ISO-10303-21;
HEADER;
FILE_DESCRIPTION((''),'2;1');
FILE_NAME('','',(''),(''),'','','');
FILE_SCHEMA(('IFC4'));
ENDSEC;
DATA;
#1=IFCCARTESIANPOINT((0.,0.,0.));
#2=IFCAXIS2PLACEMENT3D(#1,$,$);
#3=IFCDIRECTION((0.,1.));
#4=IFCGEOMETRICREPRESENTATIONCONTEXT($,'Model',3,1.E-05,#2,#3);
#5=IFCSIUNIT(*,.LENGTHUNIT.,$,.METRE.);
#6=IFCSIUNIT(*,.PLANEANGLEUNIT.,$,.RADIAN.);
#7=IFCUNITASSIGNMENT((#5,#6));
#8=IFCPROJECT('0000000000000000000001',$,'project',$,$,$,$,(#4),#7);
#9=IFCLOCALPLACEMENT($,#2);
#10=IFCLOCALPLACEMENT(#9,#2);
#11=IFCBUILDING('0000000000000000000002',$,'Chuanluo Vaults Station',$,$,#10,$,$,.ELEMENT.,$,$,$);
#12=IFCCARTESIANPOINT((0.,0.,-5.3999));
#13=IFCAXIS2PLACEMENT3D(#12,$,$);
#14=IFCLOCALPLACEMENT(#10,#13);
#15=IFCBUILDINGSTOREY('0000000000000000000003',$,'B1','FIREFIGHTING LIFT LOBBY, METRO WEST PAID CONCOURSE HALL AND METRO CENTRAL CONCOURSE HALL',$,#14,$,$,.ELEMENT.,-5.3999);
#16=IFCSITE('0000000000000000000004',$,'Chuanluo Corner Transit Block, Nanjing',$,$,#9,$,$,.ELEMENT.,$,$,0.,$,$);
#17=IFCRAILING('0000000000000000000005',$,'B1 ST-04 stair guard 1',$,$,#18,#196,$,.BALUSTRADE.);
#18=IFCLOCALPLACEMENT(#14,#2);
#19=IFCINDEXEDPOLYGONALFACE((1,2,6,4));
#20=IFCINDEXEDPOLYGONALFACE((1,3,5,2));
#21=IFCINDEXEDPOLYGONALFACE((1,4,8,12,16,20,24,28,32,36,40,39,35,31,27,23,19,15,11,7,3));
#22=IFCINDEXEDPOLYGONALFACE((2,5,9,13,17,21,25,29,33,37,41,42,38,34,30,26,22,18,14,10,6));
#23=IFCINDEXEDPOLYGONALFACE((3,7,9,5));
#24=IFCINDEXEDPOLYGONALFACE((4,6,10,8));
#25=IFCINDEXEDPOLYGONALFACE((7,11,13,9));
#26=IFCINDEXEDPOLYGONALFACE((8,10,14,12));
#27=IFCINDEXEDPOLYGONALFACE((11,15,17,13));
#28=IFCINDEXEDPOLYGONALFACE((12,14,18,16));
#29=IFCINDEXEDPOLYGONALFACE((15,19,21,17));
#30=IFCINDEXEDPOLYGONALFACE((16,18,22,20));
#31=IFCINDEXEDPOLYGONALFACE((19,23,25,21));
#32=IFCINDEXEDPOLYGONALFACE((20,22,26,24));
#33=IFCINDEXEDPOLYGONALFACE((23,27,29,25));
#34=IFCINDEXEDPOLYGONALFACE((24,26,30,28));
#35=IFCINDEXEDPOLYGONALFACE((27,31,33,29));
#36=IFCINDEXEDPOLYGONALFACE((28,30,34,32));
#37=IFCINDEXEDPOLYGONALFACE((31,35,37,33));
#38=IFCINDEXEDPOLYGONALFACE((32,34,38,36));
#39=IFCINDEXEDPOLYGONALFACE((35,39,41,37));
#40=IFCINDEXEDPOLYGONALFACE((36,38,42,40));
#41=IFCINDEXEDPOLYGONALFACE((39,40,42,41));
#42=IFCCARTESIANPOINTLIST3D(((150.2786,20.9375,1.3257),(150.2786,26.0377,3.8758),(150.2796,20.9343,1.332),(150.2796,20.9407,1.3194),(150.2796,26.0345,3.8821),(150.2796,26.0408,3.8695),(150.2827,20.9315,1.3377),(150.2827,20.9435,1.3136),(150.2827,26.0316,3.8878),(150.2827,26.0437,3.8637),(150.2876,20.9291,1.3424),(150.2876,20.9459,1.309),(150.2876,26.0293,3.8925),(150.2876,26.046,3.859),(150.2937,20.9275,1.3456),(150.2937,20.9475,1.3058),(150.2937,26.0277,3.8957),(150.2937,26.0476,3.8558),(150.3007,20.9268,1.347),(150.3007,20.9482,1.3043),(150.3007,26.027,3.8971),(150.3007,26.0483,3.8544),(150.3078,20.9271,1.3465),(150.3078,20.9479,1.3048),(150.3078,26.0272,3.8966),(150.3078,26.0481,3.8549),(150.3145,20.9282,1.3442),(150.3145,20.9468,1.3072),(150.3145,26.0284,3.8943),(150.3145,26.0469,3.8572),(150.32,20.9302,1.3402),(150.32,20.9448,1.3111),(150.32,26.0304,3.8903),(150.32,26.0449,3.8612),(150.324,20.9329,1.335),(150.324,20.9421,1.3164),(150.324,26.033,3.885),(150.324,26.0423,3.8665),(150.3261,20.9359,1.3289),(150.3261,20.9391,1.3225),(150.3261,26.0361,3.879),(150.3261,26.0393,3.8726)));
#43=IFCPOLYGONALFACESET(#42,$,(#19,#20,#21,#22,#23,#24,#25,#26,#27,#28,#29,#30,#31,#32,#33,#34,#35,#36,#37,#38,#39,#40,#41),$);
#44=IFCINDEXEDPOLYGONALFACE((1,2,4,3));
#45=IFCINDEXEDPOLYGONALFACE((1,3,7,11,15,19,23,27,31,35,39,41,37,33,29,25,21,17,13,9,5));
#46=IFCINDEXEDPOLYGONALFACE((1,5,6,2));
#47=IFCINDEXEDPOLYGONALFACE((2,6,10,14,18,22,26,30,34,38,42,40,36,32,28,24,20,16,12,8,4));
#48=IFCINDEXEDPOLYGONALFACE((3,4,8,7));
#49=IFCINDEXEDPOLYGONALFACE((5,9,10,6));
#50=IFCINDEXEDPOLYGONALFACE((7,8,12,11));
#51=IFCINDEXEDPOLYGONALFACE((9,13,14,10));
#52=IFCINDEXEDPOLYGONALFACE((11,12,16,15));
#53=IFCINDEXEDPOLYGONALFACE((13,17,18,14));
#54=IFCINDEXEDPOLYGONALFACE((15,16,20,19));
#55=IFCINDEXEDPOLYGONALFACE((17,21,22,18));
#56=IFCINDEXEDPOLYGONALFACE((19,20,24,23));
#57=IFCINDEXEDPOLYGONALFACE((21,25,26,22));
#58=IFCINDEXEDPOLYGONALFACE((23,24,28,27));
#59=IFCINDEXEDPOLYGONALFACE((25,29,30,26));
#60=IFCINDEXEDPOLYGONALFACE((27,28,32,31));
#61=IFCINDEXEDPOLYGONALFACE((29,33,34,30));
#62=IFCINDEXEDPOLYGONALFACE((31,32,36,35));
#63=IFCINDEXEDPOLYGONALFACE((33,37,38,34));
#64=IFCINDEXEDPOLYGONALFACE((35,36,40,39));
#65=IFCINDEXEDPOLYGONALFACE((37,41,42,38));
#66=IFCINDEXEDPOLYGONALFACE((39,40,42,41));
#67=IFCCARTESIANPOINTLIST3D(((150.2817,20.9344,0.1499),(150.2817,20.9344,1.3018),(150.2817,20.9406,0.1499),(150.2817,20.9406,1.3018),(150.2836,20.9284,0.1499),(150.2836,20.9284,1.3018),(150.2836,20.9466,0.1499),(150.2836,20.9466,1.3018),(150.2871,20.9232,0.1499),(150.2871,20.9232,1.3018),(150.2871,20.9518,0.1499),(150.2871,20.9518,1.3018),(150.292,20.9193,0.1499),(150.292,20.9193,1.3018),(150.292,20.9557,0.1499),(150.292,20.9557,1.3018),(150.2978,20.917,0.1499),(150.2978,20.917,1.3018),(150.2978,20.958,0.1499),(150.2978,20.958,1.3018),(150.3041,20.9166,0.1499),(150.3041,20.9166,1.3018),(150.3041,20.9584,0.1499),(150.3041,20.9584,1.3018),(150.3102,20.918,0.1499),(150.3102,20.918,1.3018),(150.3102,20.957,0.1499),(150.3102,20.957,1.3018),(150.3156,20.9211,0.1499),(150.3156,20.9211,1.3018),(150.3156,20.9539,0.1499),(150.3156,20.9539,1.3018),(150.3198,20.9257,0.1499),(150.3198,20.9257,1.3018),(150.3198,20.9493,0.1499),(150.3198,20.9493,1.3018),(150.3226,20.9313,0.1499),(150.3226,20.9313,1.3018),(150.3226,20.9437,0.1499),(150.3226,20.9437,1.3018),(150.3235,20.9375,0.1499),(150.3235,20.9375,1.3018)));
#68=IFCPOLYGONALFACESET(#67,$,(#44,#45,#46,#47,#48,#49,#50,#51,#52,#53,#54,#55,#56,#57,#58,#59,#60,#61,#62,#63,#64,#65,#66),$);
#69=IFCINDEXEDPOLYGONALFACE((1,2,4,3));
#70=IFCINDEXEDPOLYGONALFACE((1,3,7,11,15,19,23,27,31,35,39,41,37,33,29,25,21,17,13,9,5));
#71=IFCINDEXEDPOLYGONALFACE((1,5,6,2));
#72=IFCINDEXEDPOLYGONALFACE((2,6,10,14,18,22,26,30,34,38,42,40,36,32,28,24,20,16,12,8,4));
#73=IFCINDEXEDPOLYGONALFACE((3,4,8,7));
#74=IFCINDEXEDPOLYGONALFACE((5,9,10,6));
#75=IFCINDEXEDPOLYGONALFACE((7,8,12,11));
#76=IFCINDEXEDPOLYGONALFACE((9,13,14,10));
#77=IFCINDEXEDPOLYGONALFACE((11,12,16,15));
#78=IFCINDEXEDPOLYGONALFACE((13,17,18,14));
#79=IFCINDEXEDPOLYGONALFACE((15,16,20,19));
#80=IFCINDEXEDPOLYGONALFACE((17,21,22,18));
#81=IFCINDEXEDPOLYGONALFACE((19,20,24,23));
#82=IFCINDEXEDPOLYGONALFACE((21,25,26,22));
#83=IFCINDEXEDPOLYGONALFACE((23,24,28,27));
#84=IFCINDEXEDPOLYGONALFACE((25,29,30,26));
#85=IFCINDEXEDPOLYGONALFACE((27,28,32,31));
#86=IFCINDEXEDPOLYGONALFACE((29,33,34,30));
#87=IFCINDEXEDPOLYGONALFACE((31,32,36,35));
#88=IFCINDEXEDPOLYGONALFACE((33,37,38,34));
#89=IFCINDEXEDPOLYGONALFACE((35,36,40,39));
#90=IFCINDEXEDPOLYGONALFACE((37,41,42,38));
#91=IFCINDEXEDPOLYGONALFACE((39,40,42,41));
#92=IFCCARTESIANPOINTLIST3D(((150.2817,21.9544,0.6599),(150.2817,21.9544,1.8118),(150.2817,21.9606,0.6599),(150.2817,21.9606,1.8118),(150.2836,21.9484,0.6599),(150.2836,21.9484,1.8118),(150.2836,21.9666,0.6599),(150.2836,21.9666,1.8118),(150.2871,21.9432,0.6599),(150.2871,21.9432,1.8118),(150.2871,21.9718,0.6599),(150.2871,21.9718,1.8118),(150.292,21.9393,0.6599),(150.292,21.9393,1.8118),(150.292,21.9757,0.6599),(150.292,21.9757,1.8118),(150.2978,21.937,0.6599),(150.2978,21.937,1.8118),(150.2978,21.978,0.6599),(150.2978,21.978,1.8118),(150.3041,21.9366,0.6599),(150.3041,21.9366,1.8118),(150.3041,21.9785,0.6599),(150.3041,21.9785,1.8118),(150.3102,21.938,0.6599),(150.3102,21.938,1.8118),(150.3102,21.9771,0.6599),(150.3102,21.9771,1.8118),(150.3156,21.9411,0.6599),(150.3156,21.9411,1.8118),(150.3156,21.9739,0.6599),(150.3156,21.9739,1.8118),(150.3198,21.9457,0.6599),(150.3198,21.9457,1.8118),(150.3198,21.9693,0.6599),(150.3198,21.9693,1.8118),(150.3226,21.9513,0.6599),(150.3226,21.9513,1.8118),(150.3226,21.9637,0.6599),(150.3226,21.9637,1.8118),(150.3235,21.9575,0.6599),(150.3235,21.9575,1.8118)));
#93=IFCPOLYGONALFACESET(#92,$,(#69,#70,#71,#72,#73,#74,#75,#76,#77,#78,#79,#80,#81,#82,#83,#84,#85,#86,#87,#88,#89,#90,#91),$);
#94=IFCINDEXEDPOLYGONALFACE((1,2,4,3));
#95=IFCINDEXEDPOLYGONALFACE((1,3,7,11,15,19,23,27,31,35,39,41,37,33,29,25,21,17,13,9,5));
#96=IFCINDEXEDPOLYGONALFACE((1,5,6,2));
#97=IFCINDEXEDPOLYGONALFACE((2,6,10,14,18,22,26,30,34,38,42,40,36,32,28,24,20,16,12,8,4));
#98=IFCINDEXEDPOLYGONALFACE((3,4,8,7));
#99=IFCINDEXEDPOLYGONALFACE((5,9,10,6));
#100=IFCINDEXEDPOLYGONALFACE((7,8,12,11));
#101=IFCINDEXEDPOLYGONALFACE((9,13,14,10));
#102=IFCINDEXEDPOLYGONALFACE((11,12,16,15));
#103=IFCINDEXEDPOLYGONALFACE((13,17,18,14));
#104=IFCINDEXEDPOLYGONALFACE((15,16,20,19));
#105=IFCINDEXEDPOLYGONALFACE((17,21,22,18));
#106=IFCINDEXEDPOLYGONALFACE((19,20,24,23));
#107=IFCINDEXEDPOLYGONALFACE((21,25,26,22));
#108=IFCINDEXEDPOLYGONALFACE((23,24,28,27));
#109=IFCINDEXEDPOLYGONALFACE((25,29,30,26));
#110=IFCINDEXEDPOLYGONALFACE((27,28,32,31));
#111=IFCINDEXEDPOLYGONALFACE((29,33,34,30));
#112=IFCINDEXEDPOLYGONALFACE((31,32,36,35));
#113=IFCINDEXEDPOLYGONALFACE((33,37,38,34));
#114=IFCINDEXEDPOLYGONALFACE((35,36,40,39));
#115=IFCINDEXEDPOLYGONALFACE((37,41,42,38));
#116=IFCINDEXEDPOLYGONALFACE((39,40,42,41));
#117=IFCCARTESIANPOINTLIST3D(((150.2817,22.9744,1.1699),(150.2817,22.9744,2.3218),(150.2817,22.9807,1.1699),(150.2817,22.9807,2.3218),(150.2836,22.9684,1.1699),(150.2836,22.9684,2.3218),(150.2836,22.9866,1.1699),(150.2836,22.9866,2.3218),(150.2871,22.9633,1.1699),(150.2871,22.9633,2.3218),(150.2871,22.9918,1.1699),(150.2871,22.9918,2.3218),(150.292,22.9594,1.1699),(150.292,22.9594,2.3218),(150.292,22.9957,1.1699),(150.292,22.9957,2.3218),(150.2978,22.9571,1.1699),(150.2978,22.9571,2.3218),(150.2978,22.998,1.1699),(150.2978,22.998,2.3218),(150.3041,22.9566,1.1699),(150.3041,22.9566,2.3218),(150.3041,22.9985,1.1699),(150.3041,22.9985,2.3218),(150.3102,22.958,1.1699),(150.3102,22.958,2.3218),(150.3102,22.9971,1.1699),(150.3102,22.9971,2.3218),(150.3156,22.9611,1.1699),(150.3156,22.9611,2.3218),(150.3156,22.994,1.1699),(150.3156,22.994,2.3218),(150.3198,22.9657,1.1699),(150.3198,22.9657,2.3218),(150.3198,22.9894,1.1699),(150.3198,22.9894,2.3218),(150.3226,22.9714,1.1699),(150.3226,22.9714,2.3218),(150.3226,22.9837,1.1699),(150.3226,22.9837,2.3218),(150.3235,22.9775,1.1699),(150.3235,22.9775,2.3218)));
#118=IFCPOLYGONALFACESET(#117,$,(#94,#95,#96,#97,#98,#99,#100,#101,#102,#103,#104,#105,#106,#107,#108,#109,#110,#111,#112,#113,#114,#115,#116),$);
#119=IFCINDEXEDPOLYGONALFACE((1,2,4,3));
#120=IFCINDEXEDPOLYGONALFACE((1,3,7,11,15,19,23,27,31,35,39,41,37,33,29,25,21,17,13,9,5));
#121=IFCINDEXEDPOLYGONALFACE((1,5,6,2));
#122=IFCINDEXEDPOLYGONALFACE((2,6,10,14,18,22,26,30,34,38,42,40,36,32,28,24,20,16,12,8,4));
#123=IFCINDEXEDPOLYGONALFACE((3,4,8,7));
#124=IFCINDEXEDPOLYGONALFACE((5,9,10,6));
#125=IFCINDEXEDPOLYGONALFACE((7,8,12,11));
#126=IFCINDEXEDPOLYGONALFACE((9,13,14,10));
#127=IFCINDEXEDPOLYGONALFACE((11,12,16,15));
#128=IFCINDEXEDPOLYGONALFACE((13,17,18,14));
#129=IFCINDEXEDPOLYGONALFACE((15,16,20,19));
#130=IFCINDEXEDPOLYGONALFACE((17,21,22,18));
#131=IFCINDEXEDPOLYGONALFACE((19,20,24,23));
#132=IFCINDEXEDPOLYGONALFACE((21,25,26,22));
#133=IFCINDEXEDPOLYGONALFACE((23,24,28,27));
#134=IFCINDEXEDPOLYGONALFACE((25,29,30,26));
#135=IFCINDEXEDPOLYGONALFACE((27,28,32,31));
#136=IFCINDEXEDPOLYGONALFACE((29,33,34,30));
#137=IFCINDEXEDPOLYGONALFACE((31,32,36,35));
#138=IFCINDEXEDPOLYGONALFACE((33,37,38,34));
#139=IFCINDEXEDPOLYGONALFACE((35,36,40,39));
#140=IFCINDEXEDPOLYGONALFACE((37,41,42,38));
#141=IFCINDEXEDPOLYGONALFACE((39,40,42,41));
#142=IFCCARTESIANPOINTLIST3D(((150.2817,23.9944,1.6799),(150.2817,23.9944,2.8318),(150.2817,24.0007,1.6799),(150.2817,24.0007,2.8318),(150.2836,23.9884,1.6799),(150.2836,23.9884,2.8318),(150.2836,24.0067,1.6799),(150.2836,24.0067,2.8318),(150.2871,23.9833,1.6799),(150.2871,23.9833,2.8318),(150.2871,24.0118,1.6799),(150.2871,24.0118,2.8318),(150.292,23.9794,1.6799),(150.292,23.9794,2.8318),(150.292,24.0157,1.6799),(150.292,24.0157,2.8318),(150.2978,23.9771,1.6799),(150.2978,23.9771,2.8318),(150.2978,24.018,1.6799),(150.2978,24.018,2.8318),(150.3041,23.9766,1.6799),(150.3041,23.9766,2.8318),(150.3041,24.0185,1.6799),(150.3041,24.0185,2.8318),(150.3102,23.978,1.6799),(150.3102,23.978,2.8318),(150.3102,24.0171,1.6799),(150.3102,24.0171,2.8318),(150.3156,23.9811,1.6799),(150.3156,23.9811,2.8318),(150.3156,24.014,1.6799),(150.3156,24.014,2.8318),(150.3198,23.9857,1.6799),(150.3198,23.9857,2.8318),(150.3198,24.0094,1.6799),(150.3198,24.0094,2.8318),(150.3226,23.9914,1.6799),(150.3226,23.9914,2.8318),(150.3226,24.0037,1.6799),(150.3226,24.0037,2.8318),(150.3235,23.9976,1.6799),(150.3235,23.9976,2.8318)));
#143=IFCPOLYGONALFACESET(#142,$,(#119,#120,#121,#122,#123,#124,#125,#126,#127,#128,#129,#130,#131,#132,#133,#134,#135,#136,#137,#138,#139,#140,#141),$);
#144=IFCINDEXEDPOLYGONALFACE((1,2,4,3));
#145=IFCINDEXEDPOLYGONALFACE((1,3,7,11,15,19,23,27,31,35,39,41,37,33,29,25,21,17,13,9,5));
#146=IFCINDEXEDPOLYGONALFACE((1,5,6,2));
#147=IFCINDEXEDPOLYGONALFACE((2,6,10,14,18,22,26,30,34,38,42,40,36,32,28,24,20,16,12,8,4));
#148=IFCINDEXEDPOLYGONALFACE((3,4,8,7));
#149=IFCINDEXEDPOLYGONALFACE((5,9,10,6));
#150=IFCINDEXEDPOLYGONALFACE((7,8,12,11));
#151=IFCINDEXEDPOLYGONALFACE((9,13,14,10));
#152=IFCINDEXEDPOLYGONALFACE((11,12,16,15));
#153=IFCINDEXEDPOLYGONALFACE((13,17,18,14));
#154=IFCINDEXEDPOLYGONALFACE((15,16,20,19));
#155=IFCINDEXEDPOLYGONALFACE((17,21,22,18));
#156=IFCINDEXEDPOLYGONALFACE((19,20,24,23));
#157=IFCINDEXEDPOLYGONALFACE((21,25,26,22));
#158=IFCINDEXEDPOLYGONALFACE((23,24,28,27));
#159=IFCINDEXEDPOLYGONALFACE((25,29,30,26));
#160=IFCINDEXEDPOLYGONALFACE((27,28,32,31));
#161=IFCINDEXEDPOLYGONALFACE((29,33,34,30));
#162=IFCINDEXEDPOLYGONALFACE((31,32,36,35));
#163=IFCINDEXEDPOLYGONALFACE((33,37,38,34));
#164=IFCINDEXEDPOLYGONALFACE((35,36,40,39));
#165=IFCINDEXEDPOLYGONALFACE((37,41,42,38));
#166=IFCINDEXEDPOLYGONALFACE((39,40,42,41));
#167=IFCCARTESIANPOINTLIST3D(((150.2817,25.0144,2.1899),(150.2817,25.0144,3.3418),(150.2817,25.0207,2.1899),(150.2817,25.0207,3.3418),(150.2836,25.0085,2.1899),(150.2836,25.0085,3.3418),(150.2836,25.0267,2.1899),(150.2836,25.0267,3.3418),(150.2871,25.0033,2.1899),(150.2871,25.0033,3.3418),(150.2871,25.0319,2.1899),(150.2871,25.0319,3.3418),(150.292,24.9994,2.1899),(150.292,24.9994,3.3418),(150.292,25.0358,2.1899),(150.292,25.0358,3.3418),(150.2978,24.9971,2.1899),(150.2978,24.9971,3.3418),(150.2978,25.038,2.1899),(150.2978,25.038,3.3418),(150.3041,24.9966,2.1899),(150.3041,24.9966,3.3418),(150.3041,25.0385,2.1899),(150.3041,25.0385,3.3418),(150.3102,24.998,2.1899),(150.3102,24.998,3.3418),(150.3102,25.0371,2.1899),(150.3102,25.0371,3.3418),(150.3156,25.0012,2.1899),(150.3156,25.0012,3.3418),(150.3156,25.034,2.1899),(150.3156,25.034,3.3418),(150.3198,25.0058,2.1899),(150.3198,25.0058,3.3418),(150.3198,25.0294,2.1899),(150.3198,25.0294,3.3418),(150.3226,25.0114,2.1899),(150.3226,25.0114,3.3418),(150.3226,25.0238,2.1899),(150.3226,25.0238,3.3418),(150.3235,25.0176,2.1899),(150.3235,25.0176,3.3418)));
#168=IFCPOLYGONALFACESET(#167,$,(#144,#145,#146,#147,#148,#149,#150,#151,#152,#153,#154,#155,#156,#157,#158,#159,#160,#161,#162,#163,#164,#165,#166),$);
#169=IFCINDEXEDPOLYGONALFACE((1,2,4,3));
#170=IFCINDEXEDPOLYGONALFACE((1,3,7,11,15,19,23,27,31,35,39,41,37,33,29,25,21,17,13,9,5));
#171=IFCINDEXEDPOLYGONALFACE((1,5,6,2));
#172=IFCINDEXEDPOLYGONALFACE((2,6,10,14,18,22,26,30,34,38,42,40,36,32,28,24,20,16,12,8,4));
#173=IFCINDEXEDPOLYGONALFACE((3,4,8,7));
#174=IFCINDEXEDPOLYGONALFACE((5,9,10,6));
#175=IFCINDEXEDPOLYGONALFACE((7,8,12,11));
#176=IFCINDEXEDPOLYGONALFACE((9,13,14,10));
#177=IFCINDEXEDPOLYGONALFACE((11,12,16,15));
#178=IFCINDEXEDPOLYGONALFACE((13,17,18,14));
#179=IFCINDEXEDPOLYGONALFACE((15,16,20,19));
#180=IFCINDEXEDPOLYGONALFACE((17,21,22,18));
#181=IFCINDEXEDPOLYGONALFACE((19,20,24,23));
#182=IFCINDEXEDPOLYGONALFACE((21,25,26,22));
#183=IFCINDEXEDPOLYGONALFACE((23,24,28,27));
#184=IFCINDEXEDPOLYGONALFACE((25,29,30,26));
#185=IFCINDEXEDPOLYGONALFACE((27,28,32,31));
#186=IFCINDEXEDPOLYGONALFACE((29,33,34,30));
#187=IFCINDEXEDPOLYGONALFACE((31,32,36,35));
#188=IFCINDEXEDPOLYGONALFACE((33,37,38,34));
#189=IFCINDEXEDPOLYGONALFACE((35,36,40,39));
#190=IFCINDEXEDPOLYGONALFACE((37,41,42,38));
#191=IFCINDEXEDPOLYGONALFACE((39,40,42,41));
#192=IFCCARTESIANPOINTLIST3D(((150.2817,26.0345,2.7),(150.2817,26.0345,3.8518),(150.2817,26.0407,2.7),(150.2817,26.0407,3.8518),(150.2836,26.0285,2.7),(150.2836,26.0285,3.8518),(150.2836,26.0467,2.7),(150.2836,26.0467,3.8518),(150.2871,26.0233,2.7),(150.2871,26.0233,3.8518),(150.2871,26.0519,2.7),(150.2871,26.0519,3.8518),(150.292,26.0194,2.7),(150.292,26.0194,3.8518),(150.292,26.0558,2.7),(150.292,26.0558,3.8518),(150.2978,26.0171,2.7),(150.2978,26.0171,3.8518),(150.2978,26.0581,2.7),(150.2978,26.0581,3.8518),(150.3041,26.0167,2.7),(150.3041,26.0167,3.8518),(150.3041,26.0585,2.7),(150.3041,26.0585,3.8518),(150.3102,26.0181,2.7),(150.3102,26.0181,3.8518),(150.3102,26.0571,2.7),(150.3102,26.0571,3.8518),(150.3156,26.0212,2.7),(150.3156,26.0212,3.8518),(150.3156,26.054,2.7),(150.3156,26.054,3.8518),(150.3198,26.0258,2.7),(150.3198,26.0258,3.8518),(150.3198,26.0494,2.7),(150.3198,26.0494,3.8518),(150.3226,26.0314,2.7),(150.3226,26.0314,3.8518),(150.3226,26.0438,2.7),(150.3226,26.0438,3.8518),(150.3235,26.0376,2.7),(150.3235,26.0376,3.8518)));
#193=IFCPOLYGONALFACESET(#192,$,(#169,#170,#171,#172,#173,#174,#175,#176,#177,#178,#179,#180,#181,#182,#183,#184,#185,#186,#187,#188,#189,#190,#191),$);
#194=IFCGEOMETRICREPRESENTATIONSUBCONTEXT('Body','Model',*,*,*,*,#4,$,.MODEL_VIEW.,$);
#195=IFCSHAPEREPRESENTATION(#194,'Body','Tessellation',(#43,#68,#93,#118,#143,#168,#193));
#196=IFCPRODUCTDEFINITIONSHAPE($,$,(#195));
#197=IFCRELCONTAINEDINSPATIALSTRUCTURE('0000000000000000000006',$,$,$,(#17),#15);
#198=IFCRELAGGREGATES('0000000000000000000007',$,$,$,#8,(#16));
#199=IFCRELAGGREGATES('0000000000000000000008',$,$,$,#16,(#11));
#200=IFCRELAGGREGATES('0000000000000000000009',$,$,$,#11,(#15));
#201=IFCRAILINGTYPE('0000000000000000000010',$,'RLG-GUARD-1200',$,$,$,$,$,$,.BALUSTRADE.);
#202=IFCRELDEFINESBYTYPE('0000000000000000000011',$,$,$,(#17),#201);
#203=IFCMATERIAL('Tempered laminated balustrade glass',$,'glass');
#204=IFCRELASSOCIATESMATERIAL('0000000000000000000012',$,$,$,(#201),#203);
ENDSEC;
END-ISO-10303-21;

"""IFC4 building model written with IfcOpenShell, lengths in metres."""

from ifc_helpers import new_model, si_unit, direction, frame, origin, origin_2d, place, context, subcontext, project, spatial, circle, extrude, material, type_object, element, save


model = new_model("IFC4")

# Units and contexts
model_context = context("Model", 3, precision=1e-05, world=origin(), true_north=direction((0.0, 1.0)))
body_context = subcontext(model_context, "Body", "Model", "MODEL_VIEW")
ifc_project = project(units=[si_unit("LENGTHUNIT", "METRE"), si_unit("PLANEANGLEUNIT", "RADIAN")], contexts=[model_context])

# Site, building, storey
site_placement = place(None, origin())
site = spatial("IfcSite", under=ifc_project, at=site_placement, Name="Chuanluo Corner Transit Block, Nanjing", CompositionType="ELEMENT", RefElevation=0.0)
building_placement = place(site_placement, origin())
building = spatial("IfcBuilding", under=site, at=building_placement, Name="Chuanluo Vaults Station", CompositionType="ELEMENT")
storey_placement = place(building_placement, frame((0.0, 0.0, -5.3999)))
storey = spatial("IfcBuildingStorey", under=building, at=storey_placement, Name="B1", Description="FIREFIGHTING LIFT LOBBY, METRO WEST PAID CONCOURSE HALL AND METRO CENTRAL CONCOURSE HALL", CompositionType="ELEMENT", Elevation=-5.3999)

# Railing
ifc_material_1 = material(Name="Tempered laminated balustrade glass", Category="glass")
railing_type_1 = type_object("IfcRailingType", Name="RLG-GUARD-1200", PredefinedType="BALUSTRADE", material=ifc_material_1)
railing_1_placement = place(storey_placement, frame((150.3025, 20.9375, 0.1499)))
element("IfcRailing", 1, at=railing_1_placement, inside=storey, type_object=railing_type_1, Name="B1 ST-04 stair guard 1", PredefinedType="BALUSTRADE", context=body_context, shape_type="SweptSolid", body=[
    extrude(circle(Radius=0.0239, at=origin_2d()), frame((0.0, 0.0, 1.1758), z_axis=(0.0, 0.894427, 0.447214), x_axis=(-1.0, 0.0, 0.0)), (0.0, 0.0, 1.0), 5.7021),
    extrude(circle(Radius=0.021, at=origin_2d()), origin(), (0.0, 0.0, 1.0), 1.1519),
    extrude(circle(Radius=0.021, at=origin_2d()), frame((0.0, 1.02, 0.51)), (0.0, 0.0, 1.0), 1.1519),
    extrude(circle(Radius=0.021, at=origin_2d()), frame((0.0, 2.04, 1.02)), (0.0, 0.0, 1.0), 1.1519),
    extrude(circle(Radius=0.021, at=origin_2d()), frame((0.0, 3.0601, 1.53)), (0.0, 0.0, 1.0), 1.1519),
    extrude(circle(Radius=0.021, at=origin_2d()), frame((0.0, 4.0801, 2.04)), (0.0, 0.0, 1.0), 1.1519),
    extrude(circle(Radius=0.021, at=origin_2d()), frame((0.0, 5.1001, 2.55)), (0.0, 0.0, 1.0), 1.1519),
])

save(model, "model.ifc")
